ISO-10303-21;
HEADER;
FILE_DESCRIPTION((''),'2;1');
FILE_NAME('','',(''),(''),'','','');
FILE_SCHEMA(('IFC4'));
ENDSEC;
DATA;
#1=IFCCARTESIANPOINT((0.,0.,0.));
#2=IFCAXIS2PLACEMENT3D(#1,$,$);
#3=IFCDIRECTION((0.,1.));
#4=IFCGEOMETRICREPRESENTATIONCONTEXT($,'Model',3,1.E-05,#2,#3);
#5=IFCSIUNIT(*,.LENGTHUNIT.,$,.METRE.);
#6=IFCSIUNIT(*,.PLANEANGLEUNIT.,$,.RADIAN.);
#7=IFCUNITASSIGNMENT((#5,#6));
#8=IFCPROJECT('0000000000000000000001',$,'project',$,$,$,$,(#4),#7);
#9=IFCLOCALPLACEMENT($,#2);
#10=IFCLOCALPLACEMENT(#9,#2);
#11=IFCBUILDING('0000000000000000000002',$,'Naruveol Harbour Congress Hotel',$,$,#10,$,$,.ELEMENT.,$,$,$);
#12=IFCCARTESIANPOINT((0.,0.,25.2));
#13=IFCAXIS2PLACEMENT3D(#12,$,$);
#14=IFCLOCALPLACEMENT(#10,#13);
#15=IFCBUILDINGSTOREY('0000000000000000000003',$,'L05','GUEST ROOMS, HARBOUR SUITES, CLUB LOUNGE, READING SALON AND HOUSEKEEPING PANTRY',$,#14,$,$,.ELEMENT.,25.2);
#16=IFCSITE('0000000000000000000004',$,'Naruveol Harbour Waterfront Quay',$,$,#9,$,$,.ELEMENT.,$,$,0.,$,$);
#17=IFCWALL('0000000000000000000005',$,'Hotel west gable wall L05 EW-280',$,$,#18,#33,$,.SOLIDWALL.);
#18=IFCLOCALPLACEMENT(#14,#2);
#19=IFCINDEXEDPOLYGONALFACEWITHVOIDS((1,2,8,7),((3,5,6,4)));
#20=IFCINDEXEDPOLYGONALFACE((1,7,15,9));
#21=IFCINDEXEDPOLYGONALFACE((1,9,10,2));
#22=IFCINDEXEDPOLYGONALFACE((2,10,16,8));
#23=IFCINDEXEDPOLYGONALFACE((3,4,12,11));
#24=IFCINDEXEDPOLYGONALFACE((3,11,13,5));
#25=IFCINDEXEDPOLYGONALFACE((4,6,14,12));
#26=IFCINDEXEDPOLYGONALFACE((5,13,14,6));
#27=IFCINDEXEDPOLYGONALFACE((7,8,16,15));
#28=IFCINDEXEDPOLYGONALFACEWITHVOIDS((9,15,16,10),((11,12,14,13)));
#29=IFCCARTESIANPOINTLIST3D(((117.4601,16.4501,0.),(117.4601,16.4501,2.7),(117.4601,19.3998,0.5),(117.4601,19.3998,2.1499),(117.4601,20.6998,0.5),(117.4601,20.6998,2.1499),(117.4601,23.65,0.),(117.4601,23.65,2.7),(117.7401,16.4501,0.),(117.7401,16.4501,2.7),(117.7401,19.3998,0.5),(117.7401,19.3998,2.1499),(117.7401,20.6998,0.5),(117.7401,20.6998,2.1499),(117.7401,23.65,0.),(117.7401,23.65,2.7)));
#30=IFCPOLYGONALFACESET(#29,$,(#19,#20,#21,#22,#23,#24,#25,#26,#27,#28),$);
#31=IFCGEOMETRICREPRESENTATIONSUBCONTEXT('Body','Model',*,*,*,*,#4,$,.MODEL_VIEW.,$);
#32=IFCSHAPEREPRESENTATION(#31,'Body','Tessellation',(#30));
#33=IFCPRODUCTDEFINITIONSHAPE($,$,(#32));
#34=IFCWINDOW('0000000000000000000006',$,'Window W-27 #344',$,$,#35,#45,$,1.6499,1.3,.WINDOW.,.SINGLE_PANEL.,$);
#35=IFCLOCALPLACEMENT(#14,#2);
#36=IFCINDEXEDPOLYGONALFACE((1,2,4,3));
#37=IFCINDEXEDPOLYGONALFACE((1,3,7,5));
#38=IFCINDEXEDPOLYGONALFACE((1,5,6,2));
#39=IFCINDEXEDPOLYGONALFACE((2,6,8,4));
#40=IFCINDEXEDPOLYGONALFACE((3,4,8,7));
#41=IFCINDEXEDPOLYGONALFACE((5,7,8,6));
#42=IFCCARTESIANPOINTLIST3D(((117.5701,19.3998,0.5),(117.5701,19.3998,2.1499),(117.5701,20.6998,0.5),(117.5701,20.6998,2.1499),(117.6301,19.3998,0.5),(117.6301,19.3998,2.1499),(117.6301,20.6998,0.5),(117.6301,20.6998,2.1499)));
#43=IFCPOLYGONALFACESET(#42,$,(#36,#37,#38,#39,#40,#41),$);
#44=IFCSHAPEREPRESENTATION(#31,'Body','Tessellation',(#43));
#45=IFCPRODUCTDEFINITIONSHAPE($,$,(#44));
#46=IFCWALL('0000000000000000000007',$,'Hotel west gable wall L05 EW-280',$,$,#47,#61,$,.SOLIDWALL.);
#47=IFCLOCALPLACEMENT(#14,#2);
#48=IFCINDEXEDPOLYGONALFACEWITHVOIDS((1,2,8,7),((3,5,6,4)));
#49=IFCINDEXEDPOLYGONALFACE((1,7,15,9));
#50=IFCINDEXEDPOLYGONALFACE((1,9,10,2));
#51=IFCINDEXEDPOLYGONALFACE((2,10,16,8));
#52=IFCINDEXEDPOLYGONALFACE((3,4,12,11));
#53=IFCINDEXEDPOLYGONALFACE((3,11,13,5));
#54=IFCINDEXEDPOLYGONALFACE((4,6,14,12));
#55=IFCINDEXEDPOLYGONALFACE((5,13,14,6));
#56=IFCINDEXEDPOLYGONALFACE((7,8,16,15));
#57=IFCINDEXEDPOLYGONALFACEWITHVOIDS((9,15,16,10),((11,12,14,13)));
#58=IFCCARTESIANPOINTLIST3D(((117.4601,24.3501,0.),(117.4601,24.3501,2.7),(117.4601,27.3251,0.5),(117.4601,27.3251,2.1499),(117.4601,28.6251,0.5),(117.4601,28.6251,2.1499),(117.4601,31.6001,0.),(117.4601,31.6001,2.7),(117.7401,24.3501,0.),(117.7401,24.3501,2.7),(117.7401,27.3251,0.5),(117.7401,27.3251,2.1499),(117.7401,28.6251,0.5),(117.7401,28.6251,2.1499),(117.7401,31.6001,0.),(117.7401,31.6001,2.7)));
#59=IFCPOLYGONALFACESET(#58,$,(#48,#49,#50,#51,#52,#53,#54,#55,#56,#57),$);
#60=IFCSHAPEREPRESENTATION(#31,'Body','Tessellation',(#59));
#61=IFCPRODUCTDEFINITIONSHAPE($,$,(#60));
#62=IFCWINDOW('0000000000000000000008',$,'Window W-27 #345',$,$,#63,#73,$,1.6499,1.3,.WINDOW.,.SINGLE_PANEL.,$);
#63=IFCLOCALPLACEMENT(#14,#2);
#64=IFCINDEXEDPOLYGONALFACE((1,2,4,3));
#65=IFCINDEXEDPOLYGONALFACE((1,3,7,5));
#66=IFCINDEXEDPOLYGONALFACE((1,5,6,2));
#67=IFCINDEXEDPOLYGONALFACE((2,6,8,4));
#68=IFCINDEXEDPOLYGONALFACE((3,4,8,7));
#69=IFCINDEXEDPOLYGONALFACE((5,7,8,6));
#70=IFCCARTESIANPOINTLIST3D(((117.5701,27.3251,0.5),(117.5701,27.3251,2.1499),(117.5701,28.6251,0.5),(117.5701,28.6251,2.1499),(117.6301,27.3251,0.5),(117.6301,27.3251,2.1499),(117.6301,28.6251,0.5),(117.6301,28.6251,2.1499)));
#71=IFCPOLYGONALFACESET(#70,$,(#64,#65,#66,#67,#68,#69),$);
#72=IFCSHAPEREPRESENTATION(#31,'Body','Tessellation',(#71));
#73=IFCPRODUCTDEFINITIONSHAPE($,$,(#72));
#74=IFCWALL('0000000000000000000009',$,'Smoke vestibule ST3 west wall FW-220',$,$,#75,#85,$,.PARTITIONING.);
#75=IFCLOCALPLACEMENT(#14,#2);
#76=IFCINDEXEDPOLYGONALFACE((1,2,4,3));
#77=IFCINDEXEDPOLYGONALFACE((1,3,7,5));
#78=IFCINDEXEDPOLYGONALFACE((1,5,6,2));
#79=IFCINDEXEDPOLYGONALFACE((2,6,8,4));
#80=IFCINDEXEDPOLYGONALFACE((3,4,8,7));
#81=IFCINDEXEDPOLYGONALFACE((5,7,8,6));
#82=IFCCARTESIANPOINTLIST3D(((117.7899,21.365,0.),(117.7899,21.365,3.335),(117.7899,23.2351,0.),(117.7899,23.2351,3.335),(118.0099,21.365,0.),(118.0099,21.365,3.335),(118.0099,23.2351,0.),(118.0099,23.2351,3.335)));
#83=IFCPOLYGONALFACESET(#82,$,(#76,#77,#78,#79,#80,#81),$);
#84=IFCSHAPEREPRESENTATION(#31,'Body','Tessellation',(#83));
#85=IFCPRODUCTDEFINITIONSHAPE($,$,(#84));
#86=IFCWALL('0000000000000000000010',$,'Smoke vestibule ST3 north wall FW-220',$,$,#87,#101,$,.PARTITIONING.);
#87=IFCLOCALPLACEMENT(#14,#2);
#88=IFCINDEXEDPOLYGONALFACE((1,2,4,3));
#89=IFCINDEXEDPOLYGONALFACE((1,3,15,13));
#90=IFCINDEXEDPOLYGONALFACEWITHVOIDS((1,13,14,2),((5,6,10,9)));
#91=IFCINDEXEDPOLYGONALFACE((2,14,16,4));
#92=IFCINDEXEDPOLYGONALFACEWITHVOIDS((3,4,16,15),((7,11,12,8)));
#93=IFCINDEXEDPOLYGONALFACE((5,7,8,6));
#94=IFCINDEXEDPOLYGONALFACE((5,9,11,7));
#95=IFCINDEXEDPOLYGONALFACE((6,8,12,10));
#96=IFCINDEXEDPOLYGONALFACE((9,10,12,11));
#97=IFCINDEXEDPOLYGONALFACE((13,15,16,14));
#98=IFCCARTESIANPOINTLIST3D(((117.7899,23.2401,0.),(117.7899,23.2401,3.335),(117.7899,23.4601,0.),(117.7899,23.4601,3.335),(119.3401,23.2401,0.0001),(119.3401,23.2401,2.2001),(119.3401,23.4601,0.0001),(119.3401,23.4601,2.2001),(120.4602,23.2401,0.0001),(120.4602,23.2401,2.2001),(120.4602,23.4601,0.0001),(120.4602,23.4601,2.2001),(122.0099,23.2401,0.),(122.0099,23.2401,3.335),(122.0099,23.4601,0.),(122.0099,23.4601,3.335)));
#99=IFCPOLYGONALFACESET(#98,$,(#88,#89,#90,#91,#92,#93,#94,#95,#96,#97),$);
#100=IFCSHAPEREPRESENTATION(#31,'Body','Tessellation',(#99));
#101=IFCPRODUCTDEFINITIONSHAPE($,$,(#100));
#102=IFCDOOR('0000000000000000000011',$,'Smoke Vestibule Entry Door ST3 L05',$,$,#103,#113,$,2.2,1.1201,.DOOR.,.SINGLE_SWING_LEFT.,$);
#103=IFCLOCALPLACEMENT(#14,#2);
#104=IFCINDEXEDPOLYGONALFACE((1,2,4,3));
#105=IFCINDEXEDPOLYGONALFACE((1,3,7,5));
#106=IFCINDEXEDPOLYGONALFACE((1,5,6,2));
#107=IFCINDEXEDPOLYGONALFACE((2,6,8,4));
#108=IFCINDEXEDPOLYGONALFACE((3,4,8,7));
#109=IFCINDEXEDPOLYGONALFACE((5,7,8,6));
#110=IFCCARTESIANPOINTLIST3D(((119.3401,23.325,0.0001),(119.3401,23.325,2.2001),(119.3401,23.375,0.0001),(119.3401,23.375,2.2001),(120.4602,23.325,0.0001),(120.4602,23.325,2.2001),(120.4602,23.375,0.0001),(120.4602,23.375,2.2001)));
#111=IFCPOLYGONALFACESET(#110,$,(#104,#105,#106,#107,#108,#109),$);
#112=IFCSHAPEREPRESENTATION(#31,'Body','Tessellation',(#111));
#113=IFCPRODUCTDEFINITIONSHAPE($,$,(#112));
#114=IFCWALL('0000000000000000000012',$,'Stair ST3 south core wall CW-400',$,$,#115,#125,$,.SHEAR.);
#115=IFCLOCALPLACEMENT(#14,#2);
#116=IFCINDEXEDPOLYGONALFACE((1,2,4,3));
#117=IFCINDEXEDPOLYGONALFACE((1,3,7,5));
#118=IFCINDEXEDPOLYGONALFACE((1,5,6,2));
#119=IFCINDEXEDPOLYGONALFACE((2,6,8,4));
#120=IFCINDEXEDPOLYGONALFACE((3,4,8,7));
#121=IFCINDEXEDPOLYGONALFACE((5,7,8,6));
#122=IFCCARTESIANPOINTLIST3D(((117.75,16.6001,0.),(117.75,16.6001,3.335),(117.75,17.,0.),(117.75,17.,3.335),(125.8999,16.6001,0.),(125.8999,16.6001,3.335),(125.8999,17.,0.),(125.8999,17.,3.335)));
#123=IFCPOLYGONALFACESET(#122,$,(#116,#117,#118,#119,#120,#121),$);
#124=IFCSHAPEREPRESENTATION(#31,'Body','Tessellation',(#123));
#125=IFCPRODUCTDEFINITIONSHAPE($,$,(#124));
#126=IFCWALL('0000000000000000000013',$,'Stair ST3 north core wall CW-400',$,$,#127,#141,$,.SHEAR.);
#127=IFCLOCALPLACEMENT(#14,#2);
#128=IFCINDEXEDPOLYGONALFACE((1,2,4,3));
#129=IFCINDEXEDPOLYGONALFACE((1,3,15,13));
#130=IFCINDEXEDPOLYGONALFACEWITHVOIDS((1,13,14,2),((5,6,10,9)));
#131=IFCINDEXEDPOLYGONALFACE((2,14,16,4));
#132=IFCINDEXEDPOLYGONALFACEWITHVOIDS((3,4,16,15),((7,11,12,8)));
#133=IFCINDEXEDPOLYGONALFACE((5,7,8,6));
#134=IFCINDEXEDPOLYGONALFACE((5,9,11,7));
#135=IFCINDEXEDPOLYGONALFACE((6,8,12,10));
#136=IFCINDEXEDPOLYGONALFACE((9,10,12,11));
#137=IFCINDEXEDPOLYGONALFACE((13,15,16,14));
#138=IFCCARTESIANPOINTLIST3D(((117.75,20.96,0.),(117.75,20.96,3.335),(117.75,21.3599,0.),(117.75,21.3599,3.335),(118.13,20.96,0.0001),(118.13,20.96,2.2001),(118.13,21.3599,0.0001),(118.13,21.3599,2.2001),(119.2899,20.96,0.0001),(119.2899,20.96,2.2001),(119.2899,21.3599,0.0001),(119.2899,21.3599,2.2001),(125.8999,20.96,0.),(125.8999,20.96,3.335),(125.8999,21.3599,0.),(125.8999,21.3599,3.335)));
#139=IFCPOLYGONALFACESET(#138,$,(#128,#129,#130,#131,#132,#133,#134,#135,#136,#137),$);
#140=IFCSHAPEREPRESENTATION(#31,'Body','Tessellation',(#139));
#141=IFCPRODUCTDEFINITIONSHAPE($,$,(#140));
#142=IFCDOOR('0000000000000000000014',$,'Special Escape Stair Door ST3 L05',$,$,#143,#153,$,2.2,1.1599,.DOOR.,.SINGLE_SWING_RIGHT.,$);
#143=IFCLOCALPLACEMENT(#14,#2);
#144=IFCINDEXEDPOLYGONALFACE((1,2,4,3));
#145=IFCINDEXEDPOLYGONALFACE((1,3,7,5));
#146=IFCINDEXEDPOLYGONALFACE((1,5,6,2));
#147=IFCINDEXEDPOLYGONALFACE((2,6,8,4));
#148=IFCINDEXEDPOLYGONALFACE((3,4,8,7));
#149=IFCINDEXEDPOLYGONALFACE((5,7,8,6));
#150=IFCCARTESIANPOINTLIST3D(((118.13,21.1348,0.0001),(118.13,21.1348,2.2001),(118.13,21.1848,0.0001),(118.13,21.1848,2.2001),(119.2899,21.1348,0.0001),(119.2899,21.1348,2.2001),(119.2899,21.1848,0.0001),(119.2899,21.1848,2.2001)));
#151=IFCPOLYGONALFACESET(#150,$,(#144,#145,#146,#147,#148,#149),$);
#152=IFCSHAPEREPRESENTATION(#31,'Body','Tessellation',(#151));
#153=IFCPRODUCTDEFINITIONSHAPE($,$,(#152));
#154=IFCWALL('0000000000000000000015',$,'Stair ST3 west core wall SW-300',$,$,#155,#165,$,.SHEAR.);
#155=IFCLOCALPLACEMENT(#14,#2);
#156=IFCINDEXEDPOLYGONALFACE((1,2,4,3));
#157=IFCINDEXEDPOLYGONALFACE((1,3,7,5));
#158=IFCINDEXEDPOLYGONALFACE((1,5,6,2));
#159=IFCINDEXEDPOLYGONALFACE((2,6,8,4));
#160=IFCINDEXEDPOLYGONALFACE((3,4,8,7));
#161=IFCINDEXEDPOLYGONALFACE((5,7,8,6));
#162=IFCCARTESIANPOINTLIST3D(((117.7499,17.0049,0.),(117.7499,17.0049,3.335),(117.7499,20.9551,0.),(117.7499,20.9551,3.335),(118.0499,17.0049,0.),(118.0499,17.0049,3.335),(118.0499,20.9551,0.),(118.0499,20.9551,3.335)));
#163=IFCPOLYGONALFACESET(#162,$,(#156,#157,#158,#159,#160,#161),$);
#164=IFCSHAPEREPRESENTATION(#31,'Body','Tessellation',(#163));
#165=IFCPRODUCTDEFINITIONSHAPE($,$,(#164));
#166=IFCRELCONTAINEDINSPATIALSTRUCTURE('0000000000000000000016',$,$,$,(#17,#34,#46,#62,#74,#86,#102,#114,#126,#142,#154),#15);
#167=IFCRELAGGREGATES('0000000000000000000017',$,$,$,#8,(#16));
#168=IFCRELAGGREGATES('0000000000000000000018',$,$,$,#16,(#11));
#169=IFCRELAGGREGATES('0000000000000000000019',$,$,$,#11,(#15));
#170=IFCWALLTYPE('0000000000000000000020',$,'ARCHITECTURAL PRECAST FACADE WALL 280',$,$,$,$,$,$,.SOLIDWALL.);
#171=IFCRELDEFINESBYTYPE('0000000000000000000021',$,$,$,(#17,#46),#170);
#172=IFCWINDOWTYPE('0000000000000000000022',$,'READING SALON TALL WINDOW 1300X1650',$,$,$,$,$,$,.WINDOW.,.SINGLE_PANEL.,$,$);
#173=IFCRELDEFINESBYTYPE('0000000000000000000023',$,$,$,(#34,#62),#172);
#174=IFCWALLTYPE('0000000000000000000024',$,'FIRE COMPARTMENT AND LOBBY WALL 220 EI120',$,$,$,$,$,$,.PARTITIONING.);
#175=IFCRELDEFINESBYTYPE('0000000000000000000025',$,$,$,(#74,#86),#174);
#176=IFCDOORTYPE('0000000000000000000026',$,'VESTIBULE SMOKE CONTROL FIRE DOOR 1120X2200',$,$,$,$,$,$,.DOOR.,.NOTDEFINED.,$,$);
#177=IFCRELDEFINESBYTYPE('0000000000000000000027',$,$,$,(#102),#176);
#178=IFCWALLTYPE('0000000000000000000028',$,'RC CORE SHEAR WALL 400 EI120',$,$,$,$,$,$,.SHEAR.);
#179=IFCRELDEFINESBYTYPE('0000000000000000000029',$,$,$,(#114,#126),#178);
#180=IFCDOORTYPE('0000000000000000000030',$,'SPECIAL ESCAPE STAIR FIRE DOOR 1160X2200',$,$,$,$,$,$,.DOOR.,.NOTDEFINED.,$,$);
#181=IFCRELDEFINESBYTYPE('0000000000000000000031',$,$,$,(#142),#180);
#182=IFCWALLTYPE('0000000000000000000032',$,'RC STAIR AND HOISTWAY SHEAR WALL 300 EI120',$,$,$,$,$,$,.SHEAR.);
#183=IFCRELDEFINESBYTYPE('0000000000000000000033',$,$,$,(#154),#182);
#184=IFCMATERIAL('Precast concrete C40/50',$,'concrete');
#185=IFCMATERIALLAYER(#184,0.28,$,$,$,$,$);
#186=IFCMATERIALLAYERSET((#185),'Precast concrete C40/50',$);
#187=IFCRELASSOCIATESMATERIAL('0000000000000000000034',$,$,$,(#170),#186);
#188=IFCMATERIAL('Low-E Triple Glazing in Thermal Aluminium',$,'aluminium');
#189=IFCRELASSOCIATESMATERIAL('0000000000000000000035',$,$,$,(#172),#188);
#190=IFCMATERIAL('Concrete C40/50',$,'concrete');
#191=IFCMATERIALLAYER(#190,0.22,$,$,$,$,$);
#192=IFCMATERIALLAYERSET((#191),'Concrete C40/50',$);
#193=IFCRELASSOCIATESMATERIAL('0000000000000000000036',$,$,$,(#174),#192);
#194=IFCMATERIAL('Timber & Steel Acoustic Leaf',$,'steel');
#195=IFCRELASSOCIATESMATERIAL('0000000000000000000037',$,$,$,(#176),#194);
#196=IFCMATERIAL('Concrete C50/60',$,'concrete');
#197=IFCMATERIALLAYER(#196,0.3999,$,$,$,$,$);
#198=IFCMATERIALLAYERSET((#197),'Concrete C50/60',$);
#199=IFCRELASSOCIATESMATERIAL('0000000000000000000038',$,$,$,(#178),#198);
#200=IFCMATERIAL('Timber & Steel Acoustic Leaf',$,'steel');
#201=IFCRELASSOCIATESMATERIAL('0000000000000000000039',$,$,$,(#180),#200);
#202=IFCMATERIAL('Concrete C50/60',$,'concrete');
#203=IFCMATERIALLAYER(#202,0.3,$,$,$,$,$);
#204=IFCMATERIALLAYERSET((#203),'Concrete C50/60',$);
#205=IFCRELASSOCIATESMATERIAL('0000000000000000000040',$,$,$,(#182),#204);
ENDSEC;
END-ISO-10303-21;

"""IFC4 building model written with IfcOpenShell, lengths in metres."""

from ifc_helpers import new_model, si_unit, direction, frame, frame_2d, origin, place, context, subcontext, project, spatial, rectangle, extrude, material, layer, layer_set, type_object, element, fill, save


model = new_model("IFC4")

# Units and contexts
model_context = context("Model", 3, precision=1e-05, world=origin(), true_north=direction((0.0, 1.0)))
body_context = subcontext(model_context, "Body", "Model", "MODEL_VIEW")
ifc_project = project(units=[si_unit("LENGTHUNIT", "METRE"), si_unit("PLANEANGLEUNIT", "RADIAN")], contexts=[model_context])

# Site, building, storey
site_placement = place(None, origin())
site = spatial("IfcSite", under=ifc_project, at=site_placement, Name="Naruveol Harbour Waterfront Quay", CompositionType="ELEMENT", RefElevation=0.0)
building_placement = place(site_placement, origin())
building = spatial("IfcBuilding", under=site, at=building_placement, Name="Naruveol Harbour Congress Hotel", CompositionType="ELEMENT")
storey_placement = place(building_placement, frame((0.0, 0.0, 25.2)))
storey = spatial("IfcBuildingStorey", under=building, at=storey_placement, Name="L05", Description="GUEST ROOMS, HARBOUR SUITES, CLUB LOUNGE, READING SALON AND HOUSEKEEPING PANTRY", CompositionType="ELEMENT", Elevation=25.2)

# Walls, openings, windows
ifc_material_1 = material(Name="Precast concrete C40/50", Category="concrete")
ifc_layer_1 = layer(ifc_material_1, 0.28)
ifc_layer_set_1 = layer_set([ifc_layer_1], Name="Precast concrete C40/50")
wall_type_1 = type_object("IfcWallType", Name="ARCHITECTURAL PRECAST FACADE WALL 280", PredefinedType="SOLIDWALL", material=ifc_layer_set_1)
ifc_material_2 = material(Name="Low-E Triple Glazing in Thermal Aluminium", Category="aluminium")
window_type = type_object("IfcWindowType", Name="READING SALON TALL WINDOW 1300X1650", PartitioningType="SINGLE_PANEL", PredefinedType="WINDOW", material=ifc_material_2)
wall_1_placement = place(storey_placement, frame((117.6001, 16.45, 0.0), z_axis=(0.0, 0.0, 1.0), x_axis=(0.0, 1.0, 0.0)))
wall_1 = element("IfcWall", 1, at=wall_1_placement, inside=storey, type_object=wall_type_1, Name="Hotel west gable wall L05 EW-280", PredefinedType="SOLIDWALL", context=body_context, shape_type="SweptSolid", body=[
    extrude(rectangle(XDim=7.2, YDim=0.28, at=frame_2d((3.6001, 0.0))), origin(), (0.0, 0.0, 1.0), 2.7),
])
opening_1_placement = place(wall_1_placement, frame((2.95, 0.0, 0.5)))
opening_1 = element("IfcOpeningElement", 2, at=opening_1_placement, cuts=wall_1, PredefinedType="OPENING", context=body_context, shape_type="SweptSolid", body=[
    extrude(rectangle(XDim=1.3, YDim=1.6499, at=frame_2d((0.6499, 0.825))), frame((0.0, 0.1499, 0.0), z_axis=(0.0, -1.0, 0.0), x_axis=(1.0, 0.0, 0.0)), (0.0, 0.0, 1.0), 0.3),
])
window_1_placement = place(opening_1_placement, origin())
window_1 = element("IfcWindow", 3, at=window_1_placement, inside=storey, type_object=window_type, Name="Window W-27 #344", OverallHeight=1.6499, OverallWidth=1.3, PartitioningType="SINGLE_PANEL", PredefinedType="WINDOW", context=body_context, shape_type="SweptSolid", body=[
    extrude(rectangle(XDim=1.3, YDim=1.6499, at=frame_2d((0.6499, 0.825))), frame((0.0, 0.03, 0.0), z_axis=(0.0, -1.0, 0.0), x_axis=(1.0, 0.0, 0.0)), (0.0, 0.0, 1.0), 0.0601),
])
fill(opening_1, window_1)
wall_2_placement = place(storey_placement, frame((117.6001, 24.3501, 0.0), z_axis=(0.0, 0.0, 1.0), x_axis=(0.0, 1.0, 0.0)))
wall_2 = element("IfcWall", 4, at=wall_2_placement, inside=storey, type_object=wall_type_1, Name="Hotel west gable wall L05 EW-280", PredefinedType="SOLIDWALL", context=body_context, shape_type="SweptSolid", body=[
    extrude(rectangle(XDim=7.25, YDim=0.28, at=frame_2d((3.625, 0.0))), origin(), (0.0, 0.0, 1.0), 2.7),
])
opening_2_placement = place(wall_2_placement, frame((2.9751, 0.0, 0.5)))
opening_2 = element("IfcOpeningElement", 5, at=opening_2_placement, cuts=wall_2, PredefinedType="OPENING", context=body_context, shape_type="SweptSolid", body=[
    extrude(rectangle(XDim=1.3, YDim=1.6499, at=frame_2d((0.6499, 0.825))), frame((0.0, 0.1499, 0.0), z_axis=(0.0, -1.0, 0.0), x_axis=(1.0, 0.0, 0.0)), (0.0, 0.0, 1.0), 0.3),
])
window_2_placement = place(opening_2_placement, origin())
window_2 = element("IfcWindow", 6, at=window_2_placement, inside=storey, type_object=window_type, Name="Window W-27 #345", OverallHeight=1.6499, OverallWidth=1.3, PartitioningType="SINGLE_PANEL", PredefinedType="WINDOW", context=body_context, shape_type="SweptSolid", body=[
    extrude(rectangle(XDim=1.3, YDim=1.6499, at=frame_2d((0.6499, 0.825))), frame((0.0, 0.03, 0.0), z_axis=(0.0, -1.0, 0.0), x_axis=(1.0, 0.0, 0.0)), (0.0, 0.0, 1.0), 0.0601),
])
fill(opening_2, window_2)

# Wall
ifc_material_3 = material(Name="Concrete C40/50", Category="concrete")
ifc_layer_2 = layer(ifc_material_3, 0.22)
ifc_layer_set_2 = layer_set([ifc_layer_2], Name="Concrete C40/50")
wall_type_2 = type_object("IfcWallType", Name="FIRE COMPARTMENT AND LOBBY WALL 220 EI120", PredefinedType="PARTITIONING", material=ifc_layer_set_2)
wall_3_placement = place(storey_placement, frame((117.8999, 21.365, 0.0), z_axis=(0.0, 0.0, 1.0), x_axis=(0.0, 1.0, 0.0)))
element("IfcWall", 7, at=wall_3_placement, inside=storey, type_object=wall_type_2, Name="Smoke vestibule ST3 west wall FW-220", PredefinedType="PARTITIONING", context=body_context, shape_type="SweptSolid", body=[
    extrude(rectangle(XDim=1.8701, YDim=0.22, at=frame_2d((0.9351, 0.0))), origin(), (0.0, 0.0, 1.0), 3.335),
])

# Wall, opening, door
wall_4_placement = place(storey_placement, frame((117.79, 23.3501, 0.0), z_axis=(0.0, 0.0, 1.0), x_axis=(1.0, 0.0, 0.0)))
wall_4 = element("IfcWall", 8, at=wall_4_placement, inside=storey, type_object=wall_type_2, Name="Smoke vestibule ST3 north wall FW-220", PredefinedType="PARTITIONING", context=body_context, shape_type="SweptSolid", body=[
    extrude(rectangle(XDim=4.22, YDim=0.22, at=frame_2d((2.1099, 0.0))), origin(), (0.0, 0.0, 1.0), 3.335),
])
opening_3_placement = place(wall_4_placement, frame((1.55, 0.0, 0.0)))
opening_3 = element("IfcOpeningElement", 9, at=opening_3_placement, cuts=wall_4, PredefinedType="OPENING", context=body_context, shape_type="SweptSolid", body=[
    extrude(rectangle(XDim=1.1201, YDim=2.2, at=frame_2d((0.5601, 1.1001))), frame((0.0, 0.1199, 0.0), z_axis=(0.0, -1.0, 0.0), x_axis=(1.0, 0.0, 0.0)), (0.0, 0.0, 1.0), 0.24),
])
ifc_material_4 = material(Name="Timber & Steel Acoustic Leaf", Category="steel")
door_type_1 = type_object("IfcDoorType", Name="VESTIBULE SMOKE CONTROL FIRE DOOR 1120X2200", OperationType="NOTDEFINED", PredefinedType="DOOR", material=ifc_material_4)
door_1_placement = place(opening_3_placement, origin())
door_1 = element("IfcDoor", 10, at=door_1_placement, inside=storey, type_object=door_type_1, Name="Smoke Vestibule Entry Door ST3 L05", OperationType="SINGLE_SWING_LEFT", OverallHeight=2.2, OverallWidth=1.1201, PredefinedType="DOOR", context=body_context, shape_type="SweptSolid", body=[
    extrude(rectangle(XDim=1.1201, YDim=2.2, at=frame_2d((0.5601, 1.1001))), frame((0.0, 0.0249, 0.0), z_axis=(0.0, -1.0, 0.0), x_axis=(1.0, 0.0, 0.0)), (0.0, 0.0, 1.0), 0.05),
])
fill(opening_3, door_1)

# Wall
ifc_material_5 = material(Name="Concrete C50/60", Category="concrete")
ifc_layer_3 = layer(ifc_material_5, 0.3999)
ifc_layer_set_3 = layer_set([ifc_layer_3], Name="Concrete C50/60")
wall_type_3 = type_object("IfcWallType", Name="RC CORE SHEAR WALL 400 EI120", PredefinedType="SHEAR", material=ifc_layer_set_3)
wall_5_placement = place(storey_placement, frame((117.75, 16.8, 0.0), z_axis=(0.0, 0.0, 1.0), x_axis=(1.0, 0.0, 0.0)))
element("IfcWall", 11, at=wall_5_placement, inside=storey, type_object=wall_type_3, Name="Stair ST3 south core wall CW-400", PredefinedType="SHEAR", context=body_context, shape_type="SweptSolid", body=[
    extrude(rectangle(XDim=8.1499, YDim=0.3999, at=frame_2d((4.075, 0.0))), origin(), (0.0, 0.0, 1.0), 3.335),
])

# Wall, opening, door
wall_6_placement = place(storey_placement, frame((117.75, 21.1599, 0.0), z_axis=(0.0, 0.0, 1.0), x_axis=(1.0, 0.0, 0.0)))
wall_6 = element("IfcWall", 12, at=wall_6_placement, inside=storey, type_object=wall_type_3, Name="Stair ST3 north core wall CW-400", PredefinedType="SHEAR", context=body_context, shape_type="SweptSolid", body=[
    extrude(rectangle(XDim=8.1499, YDim=0.3999, at=frame_2d((4.075, 0.0))), origin(), (0.0, 0.0, 1.0), 3.335),
])
opening_4_placement = place(wall_6_placement, frame((0.3799, 0.0, 0.0)))
opening_4 = element("IfcOpeningElement", 13, at=opening_4_placement, cuts=wall_6, PredefinedType="OPENING", context=body_context, shape_type="SweptSolid", body=[
    extrude(rectangle(XDim=1.1599, YDim=2.2, at=frame_2d((0.5801, 1.1001))), frame((0.0, 0.21, 0.0), z_axis=(0.0, -1.0, 0.0), x_axis=(1.0, 0.0, 0.0)), (0.0, 0.0, 1.0), 0.4199),
])
ifc_material_6 = material(Name="Timber & Steel Acoustic Leaf", Category="steel")
door_type_2 = type_object("IfcDoorType", Name="SPECIAL ESCAPE STAIR FIRE DOOR 1160X2200", OperationType="NOTDEFINED", PredefinedType="DOOR", material=ifc_material_6)
door_2_placement = place(opening_4_placement, origin())
door_2 = element("IfcDoor", 14, at=door_2_placement, inside=storey, type_object=door_type_2, Name="Special Escape Stair Door ST3 L05", OperationType="SINGLE_SWING_RIGHT", OverallHeight=2.2, OverallWidth=1.1599, PredefinedType="DOOR", context=body_context, shape_type="SweptSolid", body=[
    extrude(rectangle(XDim=1.1599, YDim=2.2, at=frame_2d((0.5801, 1.1001))), frame((0.0, 0.0249, 0.0), z_axis=(0.0, -1.0, 0.0), x_axis=(1.0, 0.0, 0.0)), (0.0, 0.0, 1.0), 0.05),
])
fill(opening_4, door_2)

# Wall
ifc_material_7 = material(Name="Concrete C50/60", Category="concrete")
ifc_layer_4 = layer(ifc_material_7, 0.3)
ifc_layer_set_4 = layer_set([ifc_layer_4], Name="Concrete C50/60")
wall_type_4 = type_object("IfcWallType", Name="RC STAIR AND HOISTWAY SHEAR WALL 300 EI120", PredefinedType="SHEAR", material=ifc_layer_set_4)
wall_7_placement = place(storey_placement, frame((117.8999, 17.0049, 0.0), z_axis=(0.0, 0.0, 1.0), x_axis=(0.0, 1.0, 0.0)))
element("IfcWall", 15, at=wall_7_placement, inside=storey, type_object=wall_type_4, Name="Stair ST3 west core wall SW-300", PredefinedType="SHEAR", context=body_context, shape_type="SweptSolid", body=[
    extrude(rectangle(XDim=3.9502, YDim=0.3, at=frame_2d((1.9751, 0.0))), origin(), (0.0, 0.0, 1.0), 3.335),
])

save(model, "model.ifc")
